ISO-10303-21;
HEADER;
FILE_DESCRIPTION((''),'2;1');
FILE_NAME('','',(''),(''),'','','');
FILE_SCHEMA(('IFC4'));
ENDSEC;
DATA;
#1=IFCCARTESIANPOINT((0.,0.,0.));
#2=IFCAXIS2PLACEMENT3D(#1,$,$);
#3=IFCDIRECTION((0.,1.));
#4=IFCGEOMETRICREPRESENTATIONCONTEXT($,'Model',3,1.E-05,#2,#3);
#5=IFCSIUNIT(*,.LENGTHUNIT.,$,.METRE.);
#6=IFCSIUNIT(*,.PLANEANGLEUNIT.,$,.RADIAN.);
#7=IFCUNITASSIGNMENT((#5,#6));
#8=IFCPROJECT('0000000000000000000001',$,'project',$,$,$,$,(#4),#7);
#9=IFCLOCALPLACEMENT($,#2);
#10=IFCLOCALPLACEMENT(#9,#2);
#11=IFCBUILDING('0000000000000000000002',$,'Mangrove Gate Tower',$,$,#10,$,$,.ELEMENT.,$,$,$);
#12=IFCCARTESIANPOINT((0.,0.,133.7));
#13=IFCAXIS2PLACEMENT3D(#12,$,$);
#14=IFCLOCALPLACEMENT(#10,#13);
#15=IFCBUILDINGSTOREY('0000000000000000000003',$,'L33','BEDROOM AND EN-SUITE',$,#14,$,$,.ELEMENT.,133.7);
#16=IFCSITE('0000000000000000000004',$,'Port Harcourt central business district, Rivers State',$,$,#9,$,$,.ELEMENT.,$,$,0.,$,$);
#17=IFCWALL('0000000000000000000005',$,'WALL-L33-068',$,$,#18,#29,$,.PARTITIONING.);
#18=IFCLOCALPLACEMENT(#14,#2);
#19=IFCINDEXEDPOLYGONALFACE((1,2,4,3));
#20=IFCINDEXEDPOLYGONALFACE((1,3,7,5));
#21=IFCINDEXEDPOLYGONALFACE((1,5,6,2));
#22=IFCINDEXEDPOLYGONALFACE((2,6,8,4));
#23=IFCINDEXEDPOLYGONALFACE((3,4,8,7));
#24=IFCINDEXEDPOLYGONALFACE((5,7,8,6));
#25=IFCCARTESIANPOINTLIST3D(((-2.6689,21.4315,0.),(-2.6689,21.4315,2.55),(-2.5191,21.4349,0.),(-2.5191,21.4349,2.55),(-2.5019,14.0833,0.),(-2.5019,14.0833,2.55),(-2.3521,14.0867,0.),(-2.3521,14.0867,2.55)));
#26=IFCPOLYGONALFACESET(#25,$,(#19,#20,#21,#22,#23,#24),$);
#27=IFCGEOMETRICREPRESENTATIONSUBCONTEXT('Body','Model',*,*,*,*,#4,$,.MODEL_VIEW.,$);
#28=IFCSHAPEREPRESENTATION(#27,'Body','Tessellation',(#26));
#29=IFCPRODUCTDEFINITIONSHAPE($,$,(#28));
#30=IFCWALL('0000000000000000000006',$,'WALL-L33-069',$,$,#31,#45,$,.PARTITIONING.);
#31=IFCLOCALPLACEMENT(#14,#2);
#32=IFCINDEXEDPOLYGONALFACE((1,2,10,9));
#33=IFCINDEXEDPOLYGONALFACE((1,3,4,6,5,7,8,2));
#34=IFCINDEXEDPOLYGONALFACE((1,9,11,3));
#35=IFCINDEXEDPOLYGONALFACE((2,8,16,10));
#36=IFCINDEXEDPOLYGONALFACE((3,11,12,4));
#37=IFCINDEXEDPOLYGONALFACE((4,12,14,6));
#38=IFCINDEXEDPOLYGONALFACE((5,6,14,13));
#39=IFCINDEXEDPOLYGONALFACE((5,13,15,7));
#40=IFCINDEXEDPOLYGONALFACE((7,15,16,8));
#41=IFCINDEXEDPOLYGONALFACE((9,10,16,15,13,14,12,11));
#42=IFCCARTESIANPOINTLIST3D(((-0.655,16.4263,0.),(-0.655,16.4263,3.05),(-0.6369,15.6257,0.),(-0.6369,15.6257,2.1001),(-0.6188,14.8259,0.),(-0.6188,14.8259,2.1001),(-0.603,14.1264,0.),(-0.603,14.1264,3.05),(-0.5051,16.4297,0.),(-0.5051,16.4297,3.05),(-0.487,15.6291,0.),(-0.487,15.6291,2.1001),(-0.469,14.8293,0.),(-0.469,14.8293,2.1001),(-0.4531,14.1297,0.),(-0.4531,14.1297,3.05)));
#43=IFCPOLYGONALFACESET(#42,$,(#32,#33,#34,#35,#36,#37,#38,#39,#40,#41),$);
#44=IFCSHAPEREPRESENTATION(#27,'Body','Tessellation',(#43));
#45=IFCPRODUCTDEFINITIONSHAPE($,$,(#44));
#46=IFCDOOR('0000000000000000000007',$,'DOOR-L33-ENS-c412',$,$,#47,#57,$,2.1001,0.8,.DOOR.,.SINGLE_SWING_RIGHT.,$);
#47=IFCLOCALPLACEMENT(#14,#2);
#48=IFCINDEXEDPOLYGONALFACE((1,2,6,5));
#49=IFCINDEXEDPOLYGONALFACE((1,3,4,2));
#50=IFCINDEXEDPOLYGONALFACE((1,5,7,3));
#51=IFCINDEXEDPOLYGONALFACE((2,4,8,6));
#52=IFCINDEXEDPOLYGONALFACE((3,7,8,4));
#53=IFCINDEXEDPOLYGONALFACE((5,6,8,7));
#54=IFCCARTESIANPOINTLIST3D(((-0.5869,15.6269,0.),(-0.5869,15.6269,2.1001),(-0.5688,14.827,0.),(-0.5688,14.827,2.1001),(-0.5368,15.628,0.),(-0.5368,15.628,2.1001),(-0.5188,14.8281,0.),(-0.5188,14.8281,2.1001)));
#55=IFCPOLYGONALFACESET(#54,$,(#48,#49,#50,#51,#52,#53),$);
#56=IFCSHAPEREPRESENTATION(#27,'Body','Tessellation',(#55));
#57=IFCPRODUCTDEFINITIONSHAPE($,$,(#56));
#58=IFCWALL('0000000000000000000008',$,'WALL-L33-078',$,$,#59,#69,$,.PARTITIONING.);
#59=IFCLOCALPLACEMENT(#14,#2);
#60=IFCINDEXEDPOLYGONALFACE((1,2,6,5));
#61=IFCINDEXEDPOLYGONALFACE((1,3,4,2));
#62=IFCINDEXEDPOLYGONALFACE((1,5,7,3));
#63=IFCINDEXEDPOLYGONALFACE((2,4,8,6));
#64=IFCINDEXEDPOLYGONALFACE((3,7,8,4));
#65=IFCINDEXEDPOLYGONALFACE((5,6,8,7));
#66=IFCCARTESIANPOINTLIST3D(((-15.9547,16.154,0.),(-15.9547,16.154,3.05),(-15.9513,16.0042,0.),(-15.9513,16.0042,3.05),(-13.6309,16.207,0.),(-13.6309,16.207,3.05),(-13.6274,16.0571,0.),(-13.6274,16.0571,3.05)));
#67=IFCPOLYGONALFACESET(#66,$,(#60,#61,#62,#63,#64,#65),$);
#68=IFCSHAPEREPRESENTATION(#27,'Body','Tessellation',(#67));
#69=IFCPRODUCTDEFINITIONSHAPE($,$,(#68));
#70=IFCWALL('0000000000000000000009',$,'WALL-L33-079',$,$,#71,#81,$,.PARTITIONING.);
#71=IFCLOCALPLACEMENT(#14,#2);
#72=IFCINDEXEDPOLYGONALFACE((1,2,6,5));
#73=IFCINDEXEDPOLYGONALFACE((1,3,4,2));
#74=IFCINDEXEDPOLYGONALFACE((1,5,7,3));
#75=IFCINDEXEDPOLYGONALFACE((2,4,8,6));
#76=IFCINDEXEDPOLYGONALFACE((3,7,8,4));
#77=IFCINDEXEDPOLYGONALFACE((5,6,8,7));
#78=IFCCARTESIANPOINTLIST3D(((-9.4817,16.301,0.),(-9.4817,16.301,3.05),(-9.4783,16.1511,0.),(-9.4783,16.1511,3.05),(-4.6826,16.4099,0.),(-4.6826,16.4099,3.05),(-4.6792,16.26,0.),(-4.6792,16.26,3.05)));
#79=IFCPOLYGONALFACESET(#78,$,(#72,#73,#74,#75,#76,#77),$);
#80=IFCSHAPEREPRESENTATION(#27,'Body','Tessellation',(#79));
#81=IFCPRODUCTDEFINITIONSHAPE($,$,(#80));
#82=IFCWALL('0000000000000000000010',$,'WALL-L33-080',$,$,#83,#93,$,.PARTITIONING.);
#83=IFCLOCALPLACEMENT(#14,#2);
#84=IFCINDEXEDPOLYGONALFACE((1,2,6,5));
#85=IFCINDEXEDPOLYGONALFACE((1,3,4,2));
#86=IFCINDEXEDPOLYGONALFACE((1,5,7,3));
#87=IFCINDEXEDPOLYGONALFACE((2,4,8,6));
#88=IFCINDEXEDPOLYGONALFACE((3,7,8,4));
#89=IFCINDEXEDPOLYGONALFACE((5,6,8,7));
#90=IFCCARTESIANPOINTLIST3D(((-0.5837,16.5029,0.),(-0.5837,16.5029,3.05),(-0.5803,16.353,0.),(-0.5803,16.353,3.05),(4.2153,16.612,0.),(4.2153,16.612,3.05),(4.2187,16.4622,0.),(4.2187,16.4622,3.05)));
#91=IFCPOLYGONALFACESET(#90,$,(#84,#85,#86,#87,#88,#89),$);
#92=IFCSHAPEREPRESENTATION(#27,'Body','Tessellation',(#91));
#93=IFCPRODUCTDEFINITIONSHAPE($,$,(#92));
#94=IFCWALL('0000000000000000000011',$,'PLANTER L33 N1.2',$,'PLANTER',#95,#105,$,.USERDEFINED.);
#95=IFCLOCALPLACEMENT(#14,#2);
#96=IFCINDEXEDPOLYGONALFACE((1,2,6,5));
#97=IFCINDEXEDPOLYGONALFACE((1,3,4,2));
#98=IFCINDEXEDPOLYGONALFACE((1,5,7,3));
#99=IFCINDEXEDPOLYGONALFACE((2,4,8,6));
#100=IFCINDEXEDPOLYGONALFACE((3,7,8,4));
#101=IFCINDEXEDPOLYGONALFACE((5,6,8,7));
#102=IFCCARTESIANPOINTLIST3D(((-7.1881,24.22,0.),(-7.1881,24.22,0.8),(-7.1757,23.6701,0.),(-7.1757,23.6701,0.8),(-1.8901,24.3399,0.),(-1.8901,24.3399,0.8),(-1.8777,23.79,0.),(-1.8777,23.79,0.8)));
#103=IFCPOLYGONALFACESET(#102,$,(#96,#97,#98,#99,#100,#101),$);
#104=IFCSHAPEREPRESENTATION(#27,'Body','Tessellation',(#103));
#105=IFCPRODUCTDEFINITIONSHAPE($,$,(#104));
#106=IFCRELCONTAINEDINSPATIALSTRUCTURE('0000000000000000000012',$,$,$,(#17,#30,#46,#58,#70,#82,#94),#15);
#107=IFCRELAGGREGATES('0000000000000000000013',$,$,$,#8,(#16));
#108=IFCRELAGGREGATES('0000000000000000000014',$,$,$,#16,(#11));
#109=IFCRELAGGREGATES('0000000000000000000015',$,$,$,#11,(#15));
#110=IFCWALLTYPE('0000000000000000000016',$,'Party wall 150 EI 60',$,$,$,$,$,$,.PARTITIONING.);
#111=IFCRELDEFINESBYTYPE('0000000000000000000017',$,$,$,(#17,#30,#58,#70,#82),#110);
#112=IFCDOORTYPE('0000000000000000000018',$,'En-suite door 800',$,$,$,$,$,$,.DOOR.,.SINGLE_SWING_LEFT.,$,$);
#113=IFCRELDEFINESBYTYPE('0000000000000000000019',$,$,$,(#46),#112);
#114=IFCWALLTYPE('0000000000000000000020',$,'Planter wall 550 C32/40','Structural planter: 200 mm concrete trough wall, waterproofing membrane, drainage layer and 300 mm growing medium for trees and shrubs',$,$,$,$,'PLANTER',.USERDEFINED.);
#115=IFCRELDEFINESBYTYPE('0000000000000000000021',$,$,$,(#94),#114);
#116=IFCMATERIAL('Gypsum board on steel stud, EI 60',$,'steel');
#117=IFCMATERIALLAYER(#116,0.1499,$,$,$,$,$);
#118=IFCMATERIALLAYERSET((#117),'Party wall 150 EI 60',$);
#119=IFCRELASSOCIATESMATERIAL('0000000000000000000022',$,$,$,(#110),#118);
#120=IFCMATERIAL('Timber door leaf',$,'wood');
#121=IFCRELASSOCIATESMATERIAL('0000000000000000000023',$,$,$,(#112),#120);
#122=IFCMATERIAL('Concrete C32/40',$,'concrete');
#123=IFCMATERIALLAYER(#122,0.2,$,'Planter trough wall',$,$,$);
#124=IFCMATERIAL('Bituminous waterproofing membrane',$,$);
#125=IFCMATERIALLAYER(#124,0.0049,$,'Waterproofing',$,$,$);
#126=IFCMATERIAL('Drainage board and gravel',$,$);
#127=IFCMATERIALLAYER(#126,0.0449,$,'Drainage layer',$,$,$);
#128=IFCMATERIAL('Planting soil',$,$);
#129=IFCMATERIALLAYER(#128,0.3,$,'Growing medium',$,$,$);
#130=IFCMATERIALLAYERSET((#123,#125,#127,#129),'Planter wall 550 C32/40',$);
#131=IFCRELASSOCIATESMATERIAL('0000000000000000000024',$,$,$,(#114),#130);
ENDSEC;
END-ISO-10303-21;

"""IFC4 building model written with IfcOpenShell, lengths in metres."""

from ifc_helpers import new_model, si_unit, direction, frame, frame_2d, origin, place, context, subcontext, project, spatial, rectangle, extrude, material, layer, layer_set, type_object, element, fill, save


model = new_model("IFC4")

# Units and contexts
model_context = context("Model", 3, precision=1e-05, world=origin(), true_north=direction((0.0, 1.0)))
body_context = subcontext(model_context, "Body", "Model", "MODEL_VIEW")
ifc_project = project(units=[si_unit("LENGTHUNIT", "METRE"), si_unit("PLANEANGLEUNIT", "RADIAN")], contexts=[model_context])

# Site, building, storey
site_placement = place(None, origin())
site = spatial("IfcSite", under=ifc_project, at=site_placement, Name="Port Harcourt central business district, Rivers State", CompositionType="ELEMENT", RefElevation=0.0)
building_placement = place(site_placement, origin())
building = spatial("IfcBuilding", under=site, at=building_placement, Name="Mangrove Gate Tower", CompositionType="ELEMENT")
storey_placement = place(building_placement, frame((0.0, 0.0, 133.7)))
storey = spatial("IfcBuildingStorey", under=building, at=storey_placement, Name="L33", Description="BEDROOM AND EN-SUITE", CompositionType="ELEMENT", Elevation=133.7)

# Shared definitions
ifc_material_1 = material(Name="Gypsum board on steel stud, EI 60", Category="steel")
ifc_layer_1 = layer(ifc_material_1, 0.1499)
ifc_layer_set_1 = layer_set([ifc_layer_1], Name="Party wall 150 EI 60")
wall_type_1 = type_object("IfcWallType", Name="Party wall 150 EI 60", PredefinedType="PARTITIONING", material=ifc_layer_set_1)

# Shared definitions
ifc_material_2 = material(Name="Timber door leaf", Category="wood")
door_type = type_object("IfcDoorType", Name="En-suite door 800", OperationType="SINGLE_SWING_LEFT", PredefinedType="DOOR", material=ifc_material_2)

# Wall
wall_1_placement = place(storey_placement, frame((-2.427, 14.085, 0.0), z_axis=(0.0, 0.0, 1.0), x_axis=(-0.02272, 0.999742, 0.0)))
element("IfcWall", 1, at=wall_1_placement, inside=storey, type_object=wall_type_1, Name="WALL-L33-068", PredefinedType="PARTITIONING", context=body_context, shape_type="SweptSolid", body=[
    extrude(rectangle(XDim=7.3501, YDim=0.1499, at=frame_2d((3.675, 0.0))), origin(), (0.0, 0.0, 1.0), 2.55),
])

# Wall, opening, door
wall_2_placement = place(storey_placement, frame((-0.5281, 14.1279, 0.0), z_axis=(0.0, 0.0, 1.0), x_axis=(-0.022603, 0.999745, 0.0)))
wall_2 = element("IfcWall", 2, at=wall_2_placement, inside=storey, type_object=wall_type_1, Name="WALL-L33-069", PredefinedType="PARTITIONING", context=body_context, shape_type="SweptSolid", body=[
    extrude(rectangle(XDim=2.3005, YDim=0.1499, at=frame_2d((1.1504, 0.0))), origin(), (0.0, 0.0, 1.0), 3.05),
])
opening_1_placement = place(wall_2_placement, frame((0.7, 0.0, 0.0)))
opening_1 = element("IfcOpeningElement", 3, at=opening_1_placement, cuts=wall_2, PredefinedType="OPENING", context=body_context, shape_type="SweptSolid", body=[
    extrude(rectangle(XDim=0.8, YDim=2.1001, at=frame_2d((0.3999, 1.05))), frame((0.0, 0.085, 0.0), z_axis=(0.0, -1.0, 0.0), x_axis=(1.0, 0.0, 0.0)), (0.0, 0.0, 1.0), 0.1699),
])
door_1_placement = place(opening_1_placement, origin())
door_1 = element("IfcDoor", 4, at=door_1_placement, inside=storey, type_object=door_type, Name="DOOR-L33-ENS-c412", OperationType="SINGLE_SWING_RIGHT", OverallHeight=2.1001, OverallWidth=0.8, PredefinedType="DOOR", context=body_context, shape_type="SweptSolid", body=[
    extrude(rectangle(XDim=0.8, YDim=2.1001, at=frame_2d((0.3999, 1.05))), frame((0.0, 0.0249, 0.0), z_axis=(0.0, -1.0, 0.0), x_axis=(1.0, 0.0, 0.0)), (0.0, 0.0, 1.0), 0.05),
])
fill(opening_1, door_1)

# Walls
wall_3_placement = place(storey_placement, frame((-15.9529, 16.0791, 0.0), z_axis=(0.0, 0.0, 1.0), x_axis=(0.99974, 0.022791, 0.0)))
element("IfcWall", 5, at=wall_3_placement, inside=storey, type_object=wall_type_1, Name="WALL-L33-078", PredefinedType="PARTITIONING", context=body_context, shape_type="SweptSolid", body=[
    extrude(rectangle(XDim=2.3245, YDim=0.1499, at=frame_2d((1.1621, 0.0))), origin(), (0.0, 0.0, 1.0), 3.05),
])
for number, where, z_axis, x_axis, name in (
    (6, (-9.48, 16.2261, 0.0), (0.0, 0.0, 1.0), (0.999743, 0.022683, 0.0), "WALL-L33-079"),
    (7, (-0.582, 16.428, 0.0), (0.0, 0.0, 1.0), (0.999742, 0.022734, 0.0), "WALL-L33-080"),
):
    element("IfcWall", number, at=place(storey_placement, frame(where, z_axis=z_axis, x_axis=x_axis)), inside=storey, type_object=wall_type_1, Name=name, PredefinedType="PARTITIONING", context=body_context, shape_type="SweptSolid", body=[
        extrude(rectangle(XDim=4.8003, YDim=0.1499, at=frame_2d((2.4001, 0.0))), origin(), (0.0, 0.0, 1.0), 3.05),
    ])
ifc_material_3 = material(Name="Concrete C32/40", Category="concrete")
ifc_layer_2 = layer(ifc_material_3, 0.2, Name="Planter trough wall")
ifc_material_4 = material(Name="Bituminous waterproofing membrane")
ifc_layer_3 = layer(ifc_material_4, 0.0049, Name="Waterproofing")
ifc_material_5 = material(Name="Drainage board and gravel")
ifc_layer_4 = layer(ifc_material_5, 0.0449, Name="Drainage layer")
ifc_material_6 = material(Name="Planting soil")
ifc_layer_5 = layer(ifc_material_6, 0.3, Name="Growing medium")
ifc_layer_set_2 = layer_set([ifc_layer_2, ifc_layer_3, ifc_layer_4, ifc_layer_5], Name="Planter wall 550 C32/40")
wall_type_2 = type_object("IfcWallType", Name="Planter wall 550 C32/40", Description="Structural planter: 200 mm concrete trough wall, waterproofing membrane, drainage layer and 300 mm growing medium for trees and shrubs", ElementType="PLANTER", PredefinedType="USERDEFINED", material=ifc_layer_set_2)
wall_4_placement = place(storey_placement, frame((-7.1819, 23.9451, 0.0), z_axis=(0.0, 0.0, 1.0), x_axis=(0.999744, 0.022621, 0.0)))
element("IfcWall", 8, at=wall_4_placement, inside=storey, type_object=wall_type_2, Name="PLANTER L33 N1.2", ObjectType="PLANTER", PredefinedType="USERDEFINED", context=body_context, shape_type="SweptSolid", body=[
    extrude(rectangle(XDim=5.2993, YDim=0.55, at=frame_2d((2.6497, 0.0))), origin(), (0.0, 0.0, 1.0), 0.8),
])

save(model, "model.ifc")
